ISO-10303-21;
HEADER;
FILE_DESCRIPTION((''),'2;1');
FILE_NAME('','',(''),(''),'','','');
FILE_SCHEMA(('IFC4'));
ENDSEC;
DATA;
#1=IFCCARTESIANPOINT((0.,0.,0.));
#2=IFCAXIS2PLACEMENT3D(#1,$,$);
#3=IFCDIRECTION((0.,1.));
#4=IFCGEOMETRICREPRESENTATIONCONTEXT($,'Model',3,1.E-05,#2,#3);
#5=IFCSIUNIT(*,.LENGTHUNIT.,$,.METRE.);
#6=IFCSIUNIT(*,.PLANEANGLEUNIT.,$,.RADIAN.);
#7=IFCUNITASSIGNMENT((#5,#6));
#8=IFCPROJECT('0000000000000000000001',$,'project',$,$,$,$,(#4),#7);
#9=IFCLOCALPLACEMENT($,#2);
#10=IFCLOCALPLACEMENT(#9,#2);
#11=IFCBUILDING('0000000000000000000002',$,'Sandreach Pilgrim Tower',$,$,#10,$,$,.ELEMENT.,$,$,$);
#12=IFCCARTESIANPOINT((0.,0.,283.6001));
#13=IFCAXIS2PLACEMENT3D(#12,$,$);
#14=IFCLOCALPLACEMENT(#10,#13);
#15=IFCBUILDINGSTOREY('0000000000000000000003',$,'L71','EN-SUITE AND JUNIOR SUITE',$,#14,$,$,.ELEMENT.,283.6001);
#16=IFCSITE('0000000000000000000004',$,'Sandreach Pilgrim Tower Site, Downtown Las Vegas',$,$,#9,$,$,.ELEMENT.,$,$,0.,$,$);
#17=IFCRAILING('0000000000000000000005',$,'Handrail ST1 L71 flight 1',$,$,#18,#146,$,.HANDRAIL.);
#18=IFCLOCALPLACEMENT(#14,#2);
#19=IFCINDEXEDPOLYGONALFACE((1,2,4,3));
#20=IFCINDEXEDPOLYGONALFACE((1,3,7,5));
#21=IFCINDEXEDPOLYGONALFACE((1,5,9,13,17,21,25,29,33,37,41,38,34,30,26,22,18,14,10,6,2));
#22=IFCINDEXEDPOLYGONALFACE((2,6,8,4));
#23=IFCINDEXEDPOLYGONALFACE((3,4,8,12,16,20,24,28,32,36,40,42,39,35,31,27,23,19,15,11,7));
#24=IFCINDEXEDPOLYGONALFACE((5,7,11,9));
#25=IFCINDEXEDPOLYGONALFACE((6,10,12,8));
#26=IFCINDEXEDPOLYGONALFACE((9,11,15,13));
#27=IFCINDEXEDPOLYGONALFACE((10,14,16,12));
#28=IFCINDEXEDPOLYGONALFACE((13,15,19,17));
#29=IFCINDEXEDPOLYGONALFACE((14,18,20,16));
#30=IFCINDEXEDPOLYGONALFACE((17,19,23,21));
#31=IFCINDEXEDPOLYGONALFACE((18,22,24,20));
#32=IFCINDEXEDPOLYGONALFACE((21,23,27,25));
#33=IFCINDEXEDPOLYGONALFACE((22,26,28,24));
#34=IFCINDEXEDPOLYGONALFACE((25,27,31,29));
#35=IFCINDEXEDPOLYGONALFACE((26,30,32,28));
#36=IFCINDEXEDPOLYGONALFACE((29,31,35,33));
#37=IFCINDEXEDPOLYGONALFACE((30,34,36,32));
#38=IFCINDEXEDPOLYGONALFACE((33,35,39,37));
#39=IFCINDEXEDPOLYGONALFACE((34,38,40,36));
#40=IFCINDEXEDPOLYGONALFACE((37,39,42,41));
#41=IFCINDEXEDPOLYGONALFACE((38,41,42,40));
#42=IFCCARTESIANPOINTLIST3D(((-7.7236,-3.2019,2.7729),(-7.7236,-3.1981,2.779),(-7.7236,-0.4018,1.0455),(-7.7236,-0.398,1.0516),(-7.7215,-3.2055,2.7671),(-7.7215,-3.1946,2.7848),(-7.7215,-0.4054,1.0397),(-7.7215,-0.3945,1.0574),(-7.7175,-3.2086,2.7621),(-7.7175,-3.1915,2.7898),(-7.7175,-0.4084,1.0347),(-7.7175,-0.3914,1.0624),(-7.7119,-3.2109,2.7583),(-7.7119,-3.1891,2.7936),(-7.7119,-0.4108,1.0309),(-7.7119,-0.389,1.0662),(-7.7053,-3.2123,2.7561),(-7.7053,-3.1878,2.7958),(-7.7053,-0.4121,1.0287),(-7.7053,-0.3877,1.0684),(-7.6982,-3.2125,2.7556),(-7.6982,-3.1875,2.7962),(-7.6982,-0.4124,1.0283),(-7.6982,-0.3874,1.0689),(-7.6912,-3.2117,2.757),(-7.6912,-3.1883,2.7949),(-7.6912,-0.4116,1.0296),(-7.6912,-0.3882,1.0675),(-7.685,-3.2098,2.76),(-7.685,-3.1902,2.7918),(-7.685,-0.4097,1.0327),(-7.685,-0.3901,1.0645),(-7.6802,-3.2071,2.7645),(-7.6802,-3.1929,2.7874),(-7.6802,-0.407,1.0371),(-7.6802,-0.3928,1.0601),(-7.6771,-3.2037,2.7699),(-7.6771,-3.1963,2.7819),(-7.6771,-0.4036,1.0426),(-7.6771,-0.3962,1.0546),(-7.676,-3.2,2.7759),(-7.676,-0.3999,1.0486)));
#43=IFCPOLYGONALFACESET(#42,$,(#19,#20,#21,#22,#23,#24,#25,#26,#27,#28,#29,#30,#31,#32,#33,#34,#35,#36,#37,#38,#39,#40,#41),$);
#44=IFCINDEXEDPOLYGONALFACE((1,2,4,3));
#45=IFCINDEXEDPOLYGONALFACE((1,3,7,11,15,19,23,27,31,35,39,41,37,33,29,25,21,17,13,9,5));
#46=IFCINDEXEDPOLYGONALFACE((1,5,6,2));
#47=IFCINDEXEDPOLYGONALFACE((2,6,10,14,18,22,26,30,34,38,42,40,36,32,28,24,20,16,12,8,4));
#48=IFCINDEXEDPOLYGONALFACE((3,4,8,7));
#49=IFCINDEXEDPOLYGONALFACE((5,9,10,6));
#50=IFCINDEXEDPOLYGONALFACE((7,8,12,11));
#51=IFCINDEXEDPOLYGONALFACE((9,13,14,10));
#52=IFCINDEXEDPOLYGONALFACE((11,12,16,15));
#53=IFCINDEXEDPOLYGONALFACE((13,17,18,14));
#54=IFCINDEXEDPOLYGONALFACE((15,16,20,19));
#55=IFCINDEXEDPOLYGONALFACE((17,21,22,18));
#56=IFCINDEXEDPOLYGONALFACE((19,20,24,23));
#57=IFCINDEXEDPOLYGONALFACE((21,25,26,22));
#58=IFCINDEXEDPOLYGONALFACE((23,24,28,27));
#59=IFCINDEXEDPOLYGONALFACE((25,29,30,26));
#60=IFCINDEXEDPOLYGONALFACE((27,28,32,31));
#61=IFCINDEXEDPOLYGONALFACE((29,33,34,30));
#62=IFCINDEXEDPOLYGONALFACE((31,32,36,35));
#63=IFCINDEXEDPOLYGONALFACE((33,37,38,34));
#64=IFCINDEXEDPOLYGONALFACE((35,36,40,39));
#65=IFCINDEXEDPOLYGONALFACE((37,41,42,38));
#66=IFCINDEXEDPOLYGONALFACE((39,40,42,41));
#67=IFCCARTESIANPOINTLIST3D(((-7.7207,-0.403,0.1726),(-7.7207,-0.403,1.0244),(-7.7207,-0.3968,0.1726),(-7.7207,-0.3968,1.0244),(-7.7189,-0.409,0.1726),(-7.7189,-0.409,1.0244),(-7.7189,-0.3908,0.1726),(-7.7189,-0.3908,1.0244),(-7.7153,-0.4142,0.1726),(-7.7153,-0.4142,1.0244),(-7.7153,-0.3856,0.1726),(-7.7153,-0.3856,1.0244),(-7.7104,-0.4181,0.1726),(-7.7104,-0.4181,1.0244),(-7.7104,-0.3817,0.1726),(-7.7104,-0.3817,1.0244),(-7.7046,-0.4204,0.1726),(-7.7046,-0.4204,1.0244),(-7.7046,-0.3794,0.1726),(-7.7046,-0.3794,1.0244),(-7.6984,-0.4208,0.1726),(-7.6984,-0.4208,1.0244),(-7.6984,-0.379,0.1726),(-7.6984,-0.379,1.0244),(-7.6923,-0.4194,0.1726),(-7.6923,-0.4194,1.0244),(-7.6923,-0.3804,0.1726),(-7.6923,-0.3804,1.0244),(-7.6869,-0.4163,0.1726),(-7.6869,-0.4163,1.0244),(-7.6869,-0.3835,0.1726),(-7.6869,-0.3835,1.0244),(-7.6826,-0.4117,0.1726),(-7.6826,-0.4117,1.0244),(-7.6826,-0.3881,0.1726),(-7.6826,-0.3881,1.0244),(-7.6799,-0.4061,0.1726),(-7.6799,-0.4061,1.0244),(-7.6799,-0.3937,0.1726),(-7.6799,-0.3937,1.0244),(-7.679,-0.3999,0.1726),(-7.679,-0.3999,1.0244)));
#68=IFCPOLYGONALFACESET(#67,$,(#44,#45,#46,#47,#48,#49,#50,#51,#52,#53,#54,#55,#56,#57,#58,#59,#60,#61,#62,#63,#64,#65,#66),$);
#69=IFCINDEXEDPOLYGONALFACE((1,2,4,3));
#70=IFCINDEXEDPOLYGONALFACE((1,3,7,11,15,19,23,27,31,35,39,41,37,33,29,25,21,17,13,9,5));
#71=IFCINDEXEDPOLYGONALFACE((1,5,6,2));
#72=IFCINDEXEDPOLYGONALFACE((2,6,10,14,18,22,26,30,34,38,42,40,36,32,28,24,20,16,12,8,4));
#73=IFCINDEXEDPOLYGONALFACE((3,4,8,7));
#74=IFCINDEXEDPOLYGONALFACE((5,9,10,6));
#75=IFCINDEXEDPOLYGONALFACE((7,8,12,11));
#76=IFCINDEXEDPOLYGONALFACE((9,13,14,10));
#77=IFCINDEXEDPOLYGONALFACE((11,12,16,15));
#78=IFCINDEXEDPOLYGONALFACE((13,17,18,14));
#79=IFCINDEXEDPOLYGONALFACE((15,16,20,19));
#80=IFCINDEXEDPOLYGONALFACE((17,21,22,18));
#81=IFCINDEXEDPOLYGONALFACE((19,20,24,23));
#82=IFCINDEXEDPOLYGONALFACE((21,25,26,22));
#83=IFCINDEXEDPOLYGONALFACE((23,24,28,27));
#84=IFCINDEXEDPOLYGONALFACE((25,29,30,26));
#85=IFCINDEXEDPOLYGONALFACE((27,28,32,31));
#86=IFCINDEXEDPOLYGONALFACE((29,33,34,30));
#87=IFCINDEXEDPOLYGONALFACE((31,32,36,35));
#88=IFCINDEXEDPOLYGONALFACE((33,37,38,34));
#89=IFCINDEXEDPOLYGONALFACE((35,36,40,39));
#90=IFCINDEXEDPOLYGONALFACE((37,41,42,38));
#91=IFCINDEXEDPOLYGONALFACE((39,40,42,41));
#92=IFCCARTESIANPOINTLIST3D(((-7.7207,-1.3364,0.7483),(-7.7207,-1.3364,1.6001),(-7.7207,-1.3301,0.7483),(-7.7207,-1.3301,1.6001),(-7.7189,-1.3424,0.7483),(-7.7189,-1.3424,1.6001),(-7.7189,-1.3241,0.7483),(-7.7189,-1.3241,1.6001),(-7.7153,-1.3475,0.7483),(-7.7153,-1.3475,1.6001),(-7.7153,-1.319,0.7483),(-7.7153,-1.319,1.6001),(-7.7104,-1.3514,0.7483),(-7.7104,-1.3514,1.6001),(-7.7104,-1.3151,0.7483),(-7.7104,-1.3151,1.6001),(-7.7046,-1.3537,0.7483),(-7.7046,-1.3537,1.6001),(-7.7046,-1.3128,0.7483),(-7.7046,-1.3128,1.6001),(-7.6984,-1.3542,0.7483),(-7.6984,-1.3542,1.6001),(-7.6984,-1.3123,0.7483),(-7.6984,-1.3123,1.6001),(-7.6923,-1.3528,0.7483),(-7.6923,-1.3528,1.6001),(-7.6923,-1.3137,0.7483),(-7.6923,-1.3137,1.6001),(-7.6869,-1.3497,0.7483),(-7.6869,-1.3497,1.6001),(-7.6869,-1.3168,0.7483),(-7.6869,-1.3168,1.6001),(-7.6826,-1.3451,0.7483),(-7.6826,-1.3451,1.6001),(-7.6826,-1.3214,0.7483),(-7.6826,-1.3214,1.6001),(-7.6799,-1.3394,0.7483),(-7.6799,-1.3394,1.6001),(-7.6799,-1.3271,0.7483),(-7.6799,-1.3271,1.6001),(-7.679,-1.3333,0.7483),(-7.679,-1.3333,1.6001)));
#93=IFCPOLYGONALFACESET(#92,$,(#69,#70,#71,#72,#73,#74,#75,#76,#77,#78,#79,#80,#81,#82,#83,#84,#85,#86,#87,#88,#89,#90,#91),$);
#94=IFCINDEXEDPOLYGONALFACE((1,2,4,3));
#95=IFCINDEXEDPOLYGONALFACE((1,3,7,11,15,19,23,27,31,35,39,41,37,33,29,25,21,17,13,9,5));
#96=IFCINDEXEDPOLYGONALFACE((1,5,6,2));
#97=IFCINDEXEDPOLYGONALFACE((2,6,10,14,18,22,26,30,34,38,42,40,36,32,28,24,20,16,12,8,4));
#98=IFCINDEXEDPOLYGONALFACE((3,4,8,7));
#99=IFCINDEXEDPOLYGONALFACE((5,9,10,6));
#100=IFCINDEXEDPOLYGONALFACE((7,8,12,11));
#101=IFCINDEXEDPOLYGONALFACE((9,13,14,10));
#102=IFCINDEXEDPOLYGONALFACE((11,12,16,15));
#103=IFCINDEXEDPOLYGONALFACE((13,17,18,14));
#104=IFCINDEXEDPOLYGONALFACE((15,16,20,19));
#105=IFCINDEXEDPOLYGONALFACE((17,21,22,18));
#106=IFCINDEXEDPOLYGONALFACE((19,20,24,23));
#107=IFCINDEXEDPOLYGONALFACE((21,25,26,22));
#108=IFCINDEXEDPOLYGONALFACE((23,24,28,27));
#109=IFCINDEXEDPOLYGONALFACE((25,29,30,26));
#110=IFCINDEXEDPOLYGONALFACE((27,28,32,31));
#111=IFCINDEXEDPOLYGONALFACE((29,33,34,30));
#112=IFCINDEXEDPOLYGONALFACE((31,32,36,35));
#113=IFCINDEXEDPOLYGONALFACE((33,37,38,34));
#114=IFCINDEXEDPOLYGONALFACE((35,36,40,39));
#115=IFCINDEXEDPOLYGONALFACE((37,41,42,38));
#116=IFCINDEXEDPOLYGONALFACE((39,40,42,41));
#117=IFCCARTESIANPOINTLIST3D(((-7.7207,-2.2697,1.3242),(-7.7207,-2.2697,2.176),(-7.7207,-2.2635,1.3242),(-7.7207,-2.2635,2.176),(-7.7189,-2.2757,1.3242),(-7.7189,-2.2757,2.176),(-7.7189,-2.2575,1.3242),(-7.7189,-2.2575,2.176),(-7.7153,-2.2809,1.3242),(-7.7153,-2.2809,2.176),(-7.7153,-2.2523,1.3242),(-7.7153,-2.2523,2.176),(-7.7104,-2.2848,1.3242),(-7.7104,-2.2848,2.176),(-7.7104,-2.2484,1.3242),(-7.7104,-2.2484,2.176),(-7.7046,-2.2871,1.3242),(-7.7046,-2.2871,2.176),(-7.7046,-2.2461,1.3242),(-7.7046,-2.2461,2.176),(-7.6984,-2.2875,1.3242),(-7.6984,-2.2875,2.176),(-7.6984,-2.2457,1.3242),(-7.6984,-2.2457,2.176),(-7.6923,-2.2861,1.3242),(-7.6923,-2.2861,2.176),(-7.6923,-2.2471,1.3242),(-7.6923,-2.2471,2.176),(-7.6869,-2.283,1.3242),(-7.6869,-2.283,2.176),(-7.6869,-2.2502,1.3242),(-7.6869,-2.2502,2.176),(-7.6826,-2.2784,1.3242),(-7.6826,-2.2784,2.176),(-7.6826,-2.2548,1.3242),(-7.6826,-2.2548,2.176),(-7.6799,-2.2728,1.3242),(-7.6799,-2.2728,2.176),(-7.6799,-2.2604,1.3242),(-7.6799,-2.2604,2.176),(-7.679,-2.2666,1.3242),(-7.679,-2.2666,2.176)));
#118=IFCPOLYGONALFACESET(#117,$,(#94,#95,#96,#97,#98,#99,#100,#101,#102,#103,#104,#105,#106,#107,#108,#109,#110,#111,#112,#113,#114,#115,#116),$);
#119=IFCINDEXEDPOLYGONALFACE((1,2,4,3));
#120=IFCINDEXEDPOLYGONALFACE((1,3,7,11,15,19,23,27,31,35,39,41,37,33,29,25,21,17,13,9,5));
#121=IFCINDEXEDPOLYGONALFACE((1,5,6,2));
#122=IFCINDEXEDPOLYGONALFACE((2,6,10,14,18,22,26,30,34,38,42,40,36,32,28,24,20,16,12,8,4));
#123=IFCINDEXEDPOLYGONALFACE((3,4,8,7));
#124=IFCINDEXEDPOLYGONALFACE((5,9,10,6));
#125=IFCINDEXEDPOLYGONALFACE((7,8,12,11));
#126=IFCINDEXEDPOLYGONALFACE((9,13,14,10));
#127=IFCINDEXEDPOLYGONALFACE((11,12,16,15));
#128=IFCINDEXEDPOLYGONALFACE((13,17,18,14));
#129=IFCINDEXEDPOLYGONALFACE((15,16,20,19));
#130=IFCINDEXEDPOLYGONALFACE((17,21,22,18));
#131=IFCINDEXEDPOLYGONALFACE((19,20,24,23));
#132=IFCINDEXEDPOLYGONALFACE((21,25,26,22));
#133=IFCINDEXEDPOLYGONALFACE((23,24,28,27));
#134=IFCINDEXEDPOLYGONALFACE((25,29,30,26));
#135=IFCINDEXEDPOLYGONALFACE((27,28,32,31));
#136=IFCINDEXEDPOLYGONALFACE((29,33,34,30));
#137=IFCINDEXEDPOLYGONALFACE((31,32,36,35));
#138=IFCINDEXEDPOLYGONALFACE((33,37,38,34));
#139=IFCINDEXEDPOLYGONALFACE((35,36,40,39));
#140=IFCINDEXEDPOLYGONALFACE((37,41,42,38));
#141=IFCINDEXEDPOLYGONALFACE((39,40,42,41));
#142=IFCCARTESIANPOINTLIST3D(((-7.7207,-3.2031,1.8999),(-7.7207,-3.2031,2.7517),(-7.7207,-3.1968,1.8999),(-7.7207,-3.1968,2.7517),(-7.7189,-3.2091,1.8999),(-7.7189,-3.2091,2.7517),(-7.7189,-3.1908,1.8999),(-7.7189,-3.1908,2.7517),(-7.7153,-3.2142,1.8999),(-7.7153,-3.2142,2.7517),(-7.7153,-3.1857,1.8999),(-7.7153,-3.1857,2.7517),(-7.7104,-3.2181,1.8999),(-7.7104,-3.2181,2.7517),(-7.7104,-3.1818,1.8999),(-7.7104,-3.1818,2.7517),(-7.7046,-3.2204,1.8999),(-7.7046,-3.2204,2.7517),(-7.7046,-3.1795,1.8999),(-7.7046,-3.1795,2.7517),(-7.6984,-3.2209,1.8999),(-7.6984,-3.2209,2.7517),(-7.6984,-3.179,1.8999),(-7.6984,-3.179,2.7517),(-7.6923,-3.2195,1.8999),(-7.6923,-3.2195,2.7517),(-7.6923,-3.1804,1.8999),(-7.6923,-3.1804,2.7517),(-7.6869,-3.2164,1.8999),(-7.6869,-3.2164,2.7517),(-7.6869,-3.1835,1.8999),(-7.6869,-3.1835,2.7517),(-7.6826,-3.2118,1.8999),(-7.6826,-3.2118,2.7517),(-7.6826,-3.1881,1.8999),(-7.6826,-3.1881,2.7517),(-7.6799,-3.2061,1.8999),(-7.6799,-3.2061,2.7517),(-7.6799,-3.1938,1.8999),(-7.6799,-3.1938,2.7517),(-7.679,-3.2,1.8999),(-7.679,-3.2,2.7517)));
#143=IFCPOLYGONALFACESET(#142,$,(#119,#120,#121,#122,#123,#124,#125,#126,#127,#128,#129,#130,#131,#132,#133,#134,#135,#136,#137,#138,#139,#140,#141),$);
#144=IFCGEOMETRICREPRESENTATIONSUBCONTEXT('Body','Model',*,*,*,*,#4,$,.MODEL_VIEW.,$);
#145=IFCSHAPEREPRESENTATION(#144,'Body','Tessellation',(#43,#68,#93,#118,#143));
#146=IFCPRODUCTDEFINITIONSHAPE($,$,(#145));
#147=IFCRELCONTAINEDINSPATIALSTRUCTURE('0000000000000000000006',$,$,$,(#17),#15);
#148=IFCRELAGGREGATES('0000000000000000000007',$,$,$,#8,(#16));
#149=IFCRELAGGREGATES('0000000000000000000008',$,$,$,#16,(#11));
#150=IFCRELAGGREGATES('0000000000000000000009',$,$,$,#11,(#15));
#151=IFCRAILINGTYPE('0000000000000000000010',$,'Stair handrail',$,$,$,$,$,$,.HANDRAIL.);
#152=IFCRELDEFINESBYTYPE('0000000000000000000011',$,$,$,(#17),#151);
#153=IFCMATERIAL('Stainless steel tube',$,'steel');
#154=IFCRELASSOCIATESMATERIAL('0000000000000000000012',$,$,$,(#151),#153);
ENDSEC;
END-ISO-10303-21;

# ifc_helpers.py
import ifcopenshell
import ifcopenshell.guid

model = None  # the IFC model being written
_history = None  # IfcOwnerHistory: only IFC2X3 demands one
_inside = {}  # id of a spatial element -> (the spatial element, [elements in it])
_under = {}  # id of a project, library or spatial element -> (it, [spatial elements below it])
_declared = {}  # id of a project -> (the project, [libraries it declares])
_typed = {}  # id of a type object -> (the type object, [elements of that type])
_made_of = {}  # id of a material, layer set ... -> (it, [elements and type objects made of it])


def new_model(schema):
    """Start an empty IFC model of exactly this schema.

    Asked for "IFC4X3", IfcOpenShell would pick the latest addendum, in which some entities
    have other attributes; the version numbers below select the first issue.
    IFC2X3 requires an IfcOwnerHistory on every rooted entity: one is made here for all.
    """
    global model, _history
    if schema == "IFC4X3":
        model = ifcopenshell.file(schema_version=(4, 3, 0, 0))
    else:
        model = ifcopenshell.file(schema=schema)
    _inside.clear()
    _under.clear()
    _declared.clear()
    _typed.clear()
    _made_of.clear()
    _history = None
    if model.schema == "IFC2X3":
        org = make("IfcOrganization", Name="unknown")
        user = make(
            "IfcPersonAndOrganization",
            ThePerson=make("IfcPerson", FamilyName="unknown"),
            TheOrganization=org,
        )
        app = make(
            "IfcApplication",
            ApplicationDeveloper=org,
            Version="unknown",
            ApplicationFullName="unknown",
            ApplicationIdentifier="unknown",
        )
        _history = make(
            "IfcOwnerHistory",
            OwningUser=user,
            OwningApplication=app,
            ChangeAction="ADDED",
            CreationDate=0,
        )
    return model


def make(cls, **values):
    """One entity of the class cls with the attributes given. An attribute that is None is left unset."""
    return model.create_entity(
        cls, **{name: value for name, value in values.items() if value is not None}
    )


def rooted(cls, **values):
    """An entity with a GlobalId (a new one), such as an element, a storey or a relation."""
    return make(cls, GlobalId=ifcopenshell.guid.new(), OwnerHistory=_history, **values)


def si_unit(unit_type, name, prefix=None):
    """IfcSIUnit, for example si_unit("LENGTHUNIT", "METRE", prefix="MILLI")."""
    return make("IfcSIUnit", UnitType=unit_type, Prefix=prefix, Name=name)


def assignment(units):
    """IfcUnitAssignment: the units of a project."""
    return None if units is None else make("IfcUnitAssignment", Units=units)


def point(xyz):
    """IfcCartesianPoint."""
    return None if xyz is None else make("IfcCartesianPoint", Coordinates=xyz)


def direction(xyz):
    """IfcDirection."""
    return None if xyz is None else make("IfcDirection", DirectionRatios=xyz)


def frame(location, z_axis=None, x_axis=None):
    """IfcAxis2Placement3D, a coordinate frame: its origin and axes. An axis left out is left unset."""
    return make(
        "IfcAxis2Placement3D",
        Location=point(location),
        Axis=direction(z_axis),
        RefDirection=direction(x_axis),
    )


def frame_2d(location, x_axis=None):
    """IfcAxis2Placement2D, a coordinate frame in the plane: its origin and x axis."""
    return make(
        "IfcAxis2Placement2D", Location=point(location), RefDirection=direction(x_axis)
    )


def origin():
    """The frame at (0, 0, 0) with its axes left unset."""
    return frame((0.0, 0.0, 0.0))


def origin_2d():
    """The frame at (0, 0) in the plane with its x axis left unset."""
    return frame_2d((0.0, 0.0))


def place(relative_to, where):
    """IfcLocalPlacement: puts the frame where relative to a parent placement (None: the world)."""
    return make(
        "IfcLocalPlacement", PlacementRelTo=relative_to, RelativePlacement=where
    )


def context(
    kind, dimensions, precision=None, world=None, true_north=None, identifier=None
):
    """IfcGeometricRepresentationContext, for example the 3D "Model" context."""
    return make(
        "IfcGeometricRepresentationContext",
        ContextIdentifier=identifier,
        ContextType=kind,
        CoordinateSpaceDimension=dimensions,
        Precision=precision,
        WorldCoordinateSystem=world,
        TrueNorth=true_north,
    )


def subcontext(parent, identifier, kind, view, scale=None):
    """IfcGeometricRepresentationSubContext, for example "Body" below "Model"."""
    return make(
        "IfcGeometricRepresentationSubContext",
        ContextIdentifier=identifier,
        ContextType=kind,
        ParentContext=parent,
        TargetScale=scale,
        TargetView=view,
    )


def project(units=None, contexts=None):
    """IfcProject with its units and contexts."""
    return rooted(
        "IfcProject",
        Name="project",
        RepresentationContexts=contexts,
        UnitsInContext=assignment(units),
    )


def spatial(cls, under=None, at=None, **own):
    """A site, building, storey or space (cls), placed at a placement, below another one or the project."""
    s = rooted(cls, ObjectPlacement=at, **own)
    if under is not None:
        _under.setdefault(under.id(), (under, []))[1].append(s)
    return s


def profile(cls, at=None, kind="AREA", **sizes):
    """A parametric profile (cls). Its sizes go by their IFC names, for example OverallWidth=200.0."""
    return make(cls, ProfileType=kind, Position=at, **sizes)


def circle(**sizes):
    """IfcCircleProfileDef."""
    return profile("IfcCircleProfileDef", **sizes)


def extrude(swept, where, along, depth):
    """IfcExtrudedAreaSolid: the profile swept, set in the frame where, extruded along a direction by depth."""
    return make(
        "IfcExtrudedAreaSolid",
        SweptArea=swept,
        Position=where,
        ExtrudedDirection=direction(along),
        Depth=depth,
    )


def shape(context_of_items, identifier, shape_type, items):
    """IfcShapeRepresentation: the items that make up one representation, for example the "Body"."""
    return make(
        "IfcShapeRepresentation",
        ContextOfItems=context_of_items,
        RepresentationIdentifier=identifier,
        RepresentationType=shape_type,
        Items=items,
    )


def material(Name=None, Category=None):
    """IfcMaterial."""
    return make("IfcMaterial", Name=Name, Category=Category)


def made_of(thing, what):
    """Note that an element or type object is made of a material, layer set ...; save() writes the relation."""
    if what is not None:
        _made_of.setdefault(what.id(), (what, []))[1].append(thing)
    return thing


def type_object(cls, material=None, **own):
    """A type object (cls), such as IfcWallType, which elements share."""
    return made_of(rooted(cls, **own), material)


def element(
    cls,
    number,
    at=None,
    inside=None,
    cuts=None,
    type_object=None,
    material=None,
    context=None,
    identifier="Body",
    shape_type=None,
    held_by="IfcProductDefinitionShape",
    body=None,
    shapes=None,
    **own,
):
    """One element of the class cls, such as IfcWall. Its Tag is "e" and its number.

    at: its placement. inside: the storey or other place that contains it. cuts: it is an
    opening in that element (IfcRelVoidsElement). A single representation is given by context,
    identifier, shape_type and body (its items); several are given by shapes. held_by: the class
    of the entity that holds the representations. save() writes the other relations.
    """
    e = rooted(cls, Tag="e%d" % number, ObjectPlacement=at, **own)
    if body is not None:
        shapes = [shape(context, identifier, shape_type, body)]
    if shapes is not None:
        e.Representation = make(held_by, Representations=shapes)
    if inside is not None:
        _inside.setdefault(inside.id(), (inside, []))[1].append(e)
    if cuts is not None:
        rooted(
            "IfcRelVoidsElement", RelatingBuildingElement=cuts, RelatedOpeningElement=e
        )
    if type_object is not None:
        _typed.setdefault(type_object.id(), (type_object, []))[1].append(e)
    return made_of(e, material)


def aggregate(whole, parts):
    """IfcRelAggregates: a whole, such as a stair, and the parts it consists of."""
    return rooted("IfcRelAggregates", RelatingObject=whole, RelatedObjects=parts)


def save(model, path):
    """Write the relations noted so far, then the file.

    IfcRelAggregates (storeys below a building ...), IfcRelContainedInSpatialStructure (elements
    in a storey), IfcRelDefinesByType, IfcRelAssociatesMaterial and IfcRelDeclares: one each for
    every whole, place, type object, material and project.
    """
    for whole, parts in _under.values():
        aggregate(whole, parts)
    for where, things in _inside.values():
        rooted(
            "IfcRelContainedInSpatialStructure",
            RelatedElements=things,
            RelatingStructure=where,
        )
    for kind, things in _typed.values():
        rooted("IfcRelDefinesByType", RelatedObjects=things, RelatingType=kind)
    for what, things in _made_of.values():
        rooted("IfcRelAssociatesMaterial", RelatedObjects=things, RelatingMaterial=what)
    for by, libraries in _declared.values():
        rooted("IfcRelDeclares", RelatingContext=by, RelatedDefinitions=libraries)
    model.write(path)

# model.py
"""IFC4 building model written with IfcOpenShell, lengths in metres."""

from ifc_helpers import new_model, si_unit, direction, frame, origin, origin_2d, place, context, subcontext, project, spatial, circle, extrude, material, type_object, element, save


model = new_model("IFC4")

# Units and contexts
model_context = context("Model", 3, precision=1e-05, world=origin(), true_north=direction((0.0, 1.0)))
body_context = subcontext(model_context, "Body", "Model", "MODEL_VIEW")
ifc_project = project(units=[si_unit("LENGTHUNIT", "METRE"), si_unit("PLANEANGLEUNIT", "RADIAN")], contexts=[model_context])

# Site, building, storey
site_placement = place(None, origin())
site = spatial("IfcSite", under=ifc_project, at=site_placement, Name="Sandreach Pilgrim Tower Site, Downtown Las Vegas", CompositionType="ELEMENT", RefElevation=0.0)
building_placement = place(site_placement, origin())
building = spatial("IfcBuilding", under=site, at=building_placement, Name="Sandreach Pilgrim Tower", CompositionType="ELEMENT")
storey_placement = place(building_placement, frame((0.0, 0.0, 283.6001)))
storey = spatial("IfcBuildingStorey", under=building, at=storey_placement, Name="L71", Description="EN-SUITE AND JUNIOR SUITE", CompositionType="ELEMENT", Elevation=283.6001)

# Railing
ifc_material_1 = material(Name="Stainless steel tube", Category="steel")
railing_type = type_object("IfcRailingType", Name="Stair handrail", PredefinedType="HANDRAIL", material=ifc_material_1)
for number, where, name in (
    (1, (-7.7, -0.3999, 0.1726), "Handrail ST1 L71 flight 1"),
):
    element("IfcRailing", number, at=place(storey_placement, frame(where)), inside=storey, type_object=railing_type, Name=name, PredefinedType="HANDRAIL", context=body_context, shape_type="SweptSolid", body=[
        extrude(circle(Radius=0.0239, at=origin_2d()), frame((0.0, 0.0, 0.876), z_axis=(0.0, -0.85109, 0.52502), x_axis=(1.0, 0.0, 0.0)), (0.0, 0.0, 1.0), 3.29),
        extrude(circle(Radius=0.021, at=origin_2d()), origin(), (0.0, 0.0, 1.0), 0.8518),
        extrude(circle(Radius=0.021, at=origin_2d()), frame((0.0, -0.9333, 0.5757)), (0.0, 0.0, 1.0), 0.8518),
        extrude(circle(Radius=0.021, at=origin_2d()), frame((0.0, -1.8667, 1.1516)), (0.0, 0.0, 1.0), 0.8518),
        extrude(circle(Radius=0.021, at=origin_2d()), frame((0.0, -2.8, 1.7273)), (0.0, 0.0, 1.0), 0.8518),
    ])

save(model, "model.ifc")
